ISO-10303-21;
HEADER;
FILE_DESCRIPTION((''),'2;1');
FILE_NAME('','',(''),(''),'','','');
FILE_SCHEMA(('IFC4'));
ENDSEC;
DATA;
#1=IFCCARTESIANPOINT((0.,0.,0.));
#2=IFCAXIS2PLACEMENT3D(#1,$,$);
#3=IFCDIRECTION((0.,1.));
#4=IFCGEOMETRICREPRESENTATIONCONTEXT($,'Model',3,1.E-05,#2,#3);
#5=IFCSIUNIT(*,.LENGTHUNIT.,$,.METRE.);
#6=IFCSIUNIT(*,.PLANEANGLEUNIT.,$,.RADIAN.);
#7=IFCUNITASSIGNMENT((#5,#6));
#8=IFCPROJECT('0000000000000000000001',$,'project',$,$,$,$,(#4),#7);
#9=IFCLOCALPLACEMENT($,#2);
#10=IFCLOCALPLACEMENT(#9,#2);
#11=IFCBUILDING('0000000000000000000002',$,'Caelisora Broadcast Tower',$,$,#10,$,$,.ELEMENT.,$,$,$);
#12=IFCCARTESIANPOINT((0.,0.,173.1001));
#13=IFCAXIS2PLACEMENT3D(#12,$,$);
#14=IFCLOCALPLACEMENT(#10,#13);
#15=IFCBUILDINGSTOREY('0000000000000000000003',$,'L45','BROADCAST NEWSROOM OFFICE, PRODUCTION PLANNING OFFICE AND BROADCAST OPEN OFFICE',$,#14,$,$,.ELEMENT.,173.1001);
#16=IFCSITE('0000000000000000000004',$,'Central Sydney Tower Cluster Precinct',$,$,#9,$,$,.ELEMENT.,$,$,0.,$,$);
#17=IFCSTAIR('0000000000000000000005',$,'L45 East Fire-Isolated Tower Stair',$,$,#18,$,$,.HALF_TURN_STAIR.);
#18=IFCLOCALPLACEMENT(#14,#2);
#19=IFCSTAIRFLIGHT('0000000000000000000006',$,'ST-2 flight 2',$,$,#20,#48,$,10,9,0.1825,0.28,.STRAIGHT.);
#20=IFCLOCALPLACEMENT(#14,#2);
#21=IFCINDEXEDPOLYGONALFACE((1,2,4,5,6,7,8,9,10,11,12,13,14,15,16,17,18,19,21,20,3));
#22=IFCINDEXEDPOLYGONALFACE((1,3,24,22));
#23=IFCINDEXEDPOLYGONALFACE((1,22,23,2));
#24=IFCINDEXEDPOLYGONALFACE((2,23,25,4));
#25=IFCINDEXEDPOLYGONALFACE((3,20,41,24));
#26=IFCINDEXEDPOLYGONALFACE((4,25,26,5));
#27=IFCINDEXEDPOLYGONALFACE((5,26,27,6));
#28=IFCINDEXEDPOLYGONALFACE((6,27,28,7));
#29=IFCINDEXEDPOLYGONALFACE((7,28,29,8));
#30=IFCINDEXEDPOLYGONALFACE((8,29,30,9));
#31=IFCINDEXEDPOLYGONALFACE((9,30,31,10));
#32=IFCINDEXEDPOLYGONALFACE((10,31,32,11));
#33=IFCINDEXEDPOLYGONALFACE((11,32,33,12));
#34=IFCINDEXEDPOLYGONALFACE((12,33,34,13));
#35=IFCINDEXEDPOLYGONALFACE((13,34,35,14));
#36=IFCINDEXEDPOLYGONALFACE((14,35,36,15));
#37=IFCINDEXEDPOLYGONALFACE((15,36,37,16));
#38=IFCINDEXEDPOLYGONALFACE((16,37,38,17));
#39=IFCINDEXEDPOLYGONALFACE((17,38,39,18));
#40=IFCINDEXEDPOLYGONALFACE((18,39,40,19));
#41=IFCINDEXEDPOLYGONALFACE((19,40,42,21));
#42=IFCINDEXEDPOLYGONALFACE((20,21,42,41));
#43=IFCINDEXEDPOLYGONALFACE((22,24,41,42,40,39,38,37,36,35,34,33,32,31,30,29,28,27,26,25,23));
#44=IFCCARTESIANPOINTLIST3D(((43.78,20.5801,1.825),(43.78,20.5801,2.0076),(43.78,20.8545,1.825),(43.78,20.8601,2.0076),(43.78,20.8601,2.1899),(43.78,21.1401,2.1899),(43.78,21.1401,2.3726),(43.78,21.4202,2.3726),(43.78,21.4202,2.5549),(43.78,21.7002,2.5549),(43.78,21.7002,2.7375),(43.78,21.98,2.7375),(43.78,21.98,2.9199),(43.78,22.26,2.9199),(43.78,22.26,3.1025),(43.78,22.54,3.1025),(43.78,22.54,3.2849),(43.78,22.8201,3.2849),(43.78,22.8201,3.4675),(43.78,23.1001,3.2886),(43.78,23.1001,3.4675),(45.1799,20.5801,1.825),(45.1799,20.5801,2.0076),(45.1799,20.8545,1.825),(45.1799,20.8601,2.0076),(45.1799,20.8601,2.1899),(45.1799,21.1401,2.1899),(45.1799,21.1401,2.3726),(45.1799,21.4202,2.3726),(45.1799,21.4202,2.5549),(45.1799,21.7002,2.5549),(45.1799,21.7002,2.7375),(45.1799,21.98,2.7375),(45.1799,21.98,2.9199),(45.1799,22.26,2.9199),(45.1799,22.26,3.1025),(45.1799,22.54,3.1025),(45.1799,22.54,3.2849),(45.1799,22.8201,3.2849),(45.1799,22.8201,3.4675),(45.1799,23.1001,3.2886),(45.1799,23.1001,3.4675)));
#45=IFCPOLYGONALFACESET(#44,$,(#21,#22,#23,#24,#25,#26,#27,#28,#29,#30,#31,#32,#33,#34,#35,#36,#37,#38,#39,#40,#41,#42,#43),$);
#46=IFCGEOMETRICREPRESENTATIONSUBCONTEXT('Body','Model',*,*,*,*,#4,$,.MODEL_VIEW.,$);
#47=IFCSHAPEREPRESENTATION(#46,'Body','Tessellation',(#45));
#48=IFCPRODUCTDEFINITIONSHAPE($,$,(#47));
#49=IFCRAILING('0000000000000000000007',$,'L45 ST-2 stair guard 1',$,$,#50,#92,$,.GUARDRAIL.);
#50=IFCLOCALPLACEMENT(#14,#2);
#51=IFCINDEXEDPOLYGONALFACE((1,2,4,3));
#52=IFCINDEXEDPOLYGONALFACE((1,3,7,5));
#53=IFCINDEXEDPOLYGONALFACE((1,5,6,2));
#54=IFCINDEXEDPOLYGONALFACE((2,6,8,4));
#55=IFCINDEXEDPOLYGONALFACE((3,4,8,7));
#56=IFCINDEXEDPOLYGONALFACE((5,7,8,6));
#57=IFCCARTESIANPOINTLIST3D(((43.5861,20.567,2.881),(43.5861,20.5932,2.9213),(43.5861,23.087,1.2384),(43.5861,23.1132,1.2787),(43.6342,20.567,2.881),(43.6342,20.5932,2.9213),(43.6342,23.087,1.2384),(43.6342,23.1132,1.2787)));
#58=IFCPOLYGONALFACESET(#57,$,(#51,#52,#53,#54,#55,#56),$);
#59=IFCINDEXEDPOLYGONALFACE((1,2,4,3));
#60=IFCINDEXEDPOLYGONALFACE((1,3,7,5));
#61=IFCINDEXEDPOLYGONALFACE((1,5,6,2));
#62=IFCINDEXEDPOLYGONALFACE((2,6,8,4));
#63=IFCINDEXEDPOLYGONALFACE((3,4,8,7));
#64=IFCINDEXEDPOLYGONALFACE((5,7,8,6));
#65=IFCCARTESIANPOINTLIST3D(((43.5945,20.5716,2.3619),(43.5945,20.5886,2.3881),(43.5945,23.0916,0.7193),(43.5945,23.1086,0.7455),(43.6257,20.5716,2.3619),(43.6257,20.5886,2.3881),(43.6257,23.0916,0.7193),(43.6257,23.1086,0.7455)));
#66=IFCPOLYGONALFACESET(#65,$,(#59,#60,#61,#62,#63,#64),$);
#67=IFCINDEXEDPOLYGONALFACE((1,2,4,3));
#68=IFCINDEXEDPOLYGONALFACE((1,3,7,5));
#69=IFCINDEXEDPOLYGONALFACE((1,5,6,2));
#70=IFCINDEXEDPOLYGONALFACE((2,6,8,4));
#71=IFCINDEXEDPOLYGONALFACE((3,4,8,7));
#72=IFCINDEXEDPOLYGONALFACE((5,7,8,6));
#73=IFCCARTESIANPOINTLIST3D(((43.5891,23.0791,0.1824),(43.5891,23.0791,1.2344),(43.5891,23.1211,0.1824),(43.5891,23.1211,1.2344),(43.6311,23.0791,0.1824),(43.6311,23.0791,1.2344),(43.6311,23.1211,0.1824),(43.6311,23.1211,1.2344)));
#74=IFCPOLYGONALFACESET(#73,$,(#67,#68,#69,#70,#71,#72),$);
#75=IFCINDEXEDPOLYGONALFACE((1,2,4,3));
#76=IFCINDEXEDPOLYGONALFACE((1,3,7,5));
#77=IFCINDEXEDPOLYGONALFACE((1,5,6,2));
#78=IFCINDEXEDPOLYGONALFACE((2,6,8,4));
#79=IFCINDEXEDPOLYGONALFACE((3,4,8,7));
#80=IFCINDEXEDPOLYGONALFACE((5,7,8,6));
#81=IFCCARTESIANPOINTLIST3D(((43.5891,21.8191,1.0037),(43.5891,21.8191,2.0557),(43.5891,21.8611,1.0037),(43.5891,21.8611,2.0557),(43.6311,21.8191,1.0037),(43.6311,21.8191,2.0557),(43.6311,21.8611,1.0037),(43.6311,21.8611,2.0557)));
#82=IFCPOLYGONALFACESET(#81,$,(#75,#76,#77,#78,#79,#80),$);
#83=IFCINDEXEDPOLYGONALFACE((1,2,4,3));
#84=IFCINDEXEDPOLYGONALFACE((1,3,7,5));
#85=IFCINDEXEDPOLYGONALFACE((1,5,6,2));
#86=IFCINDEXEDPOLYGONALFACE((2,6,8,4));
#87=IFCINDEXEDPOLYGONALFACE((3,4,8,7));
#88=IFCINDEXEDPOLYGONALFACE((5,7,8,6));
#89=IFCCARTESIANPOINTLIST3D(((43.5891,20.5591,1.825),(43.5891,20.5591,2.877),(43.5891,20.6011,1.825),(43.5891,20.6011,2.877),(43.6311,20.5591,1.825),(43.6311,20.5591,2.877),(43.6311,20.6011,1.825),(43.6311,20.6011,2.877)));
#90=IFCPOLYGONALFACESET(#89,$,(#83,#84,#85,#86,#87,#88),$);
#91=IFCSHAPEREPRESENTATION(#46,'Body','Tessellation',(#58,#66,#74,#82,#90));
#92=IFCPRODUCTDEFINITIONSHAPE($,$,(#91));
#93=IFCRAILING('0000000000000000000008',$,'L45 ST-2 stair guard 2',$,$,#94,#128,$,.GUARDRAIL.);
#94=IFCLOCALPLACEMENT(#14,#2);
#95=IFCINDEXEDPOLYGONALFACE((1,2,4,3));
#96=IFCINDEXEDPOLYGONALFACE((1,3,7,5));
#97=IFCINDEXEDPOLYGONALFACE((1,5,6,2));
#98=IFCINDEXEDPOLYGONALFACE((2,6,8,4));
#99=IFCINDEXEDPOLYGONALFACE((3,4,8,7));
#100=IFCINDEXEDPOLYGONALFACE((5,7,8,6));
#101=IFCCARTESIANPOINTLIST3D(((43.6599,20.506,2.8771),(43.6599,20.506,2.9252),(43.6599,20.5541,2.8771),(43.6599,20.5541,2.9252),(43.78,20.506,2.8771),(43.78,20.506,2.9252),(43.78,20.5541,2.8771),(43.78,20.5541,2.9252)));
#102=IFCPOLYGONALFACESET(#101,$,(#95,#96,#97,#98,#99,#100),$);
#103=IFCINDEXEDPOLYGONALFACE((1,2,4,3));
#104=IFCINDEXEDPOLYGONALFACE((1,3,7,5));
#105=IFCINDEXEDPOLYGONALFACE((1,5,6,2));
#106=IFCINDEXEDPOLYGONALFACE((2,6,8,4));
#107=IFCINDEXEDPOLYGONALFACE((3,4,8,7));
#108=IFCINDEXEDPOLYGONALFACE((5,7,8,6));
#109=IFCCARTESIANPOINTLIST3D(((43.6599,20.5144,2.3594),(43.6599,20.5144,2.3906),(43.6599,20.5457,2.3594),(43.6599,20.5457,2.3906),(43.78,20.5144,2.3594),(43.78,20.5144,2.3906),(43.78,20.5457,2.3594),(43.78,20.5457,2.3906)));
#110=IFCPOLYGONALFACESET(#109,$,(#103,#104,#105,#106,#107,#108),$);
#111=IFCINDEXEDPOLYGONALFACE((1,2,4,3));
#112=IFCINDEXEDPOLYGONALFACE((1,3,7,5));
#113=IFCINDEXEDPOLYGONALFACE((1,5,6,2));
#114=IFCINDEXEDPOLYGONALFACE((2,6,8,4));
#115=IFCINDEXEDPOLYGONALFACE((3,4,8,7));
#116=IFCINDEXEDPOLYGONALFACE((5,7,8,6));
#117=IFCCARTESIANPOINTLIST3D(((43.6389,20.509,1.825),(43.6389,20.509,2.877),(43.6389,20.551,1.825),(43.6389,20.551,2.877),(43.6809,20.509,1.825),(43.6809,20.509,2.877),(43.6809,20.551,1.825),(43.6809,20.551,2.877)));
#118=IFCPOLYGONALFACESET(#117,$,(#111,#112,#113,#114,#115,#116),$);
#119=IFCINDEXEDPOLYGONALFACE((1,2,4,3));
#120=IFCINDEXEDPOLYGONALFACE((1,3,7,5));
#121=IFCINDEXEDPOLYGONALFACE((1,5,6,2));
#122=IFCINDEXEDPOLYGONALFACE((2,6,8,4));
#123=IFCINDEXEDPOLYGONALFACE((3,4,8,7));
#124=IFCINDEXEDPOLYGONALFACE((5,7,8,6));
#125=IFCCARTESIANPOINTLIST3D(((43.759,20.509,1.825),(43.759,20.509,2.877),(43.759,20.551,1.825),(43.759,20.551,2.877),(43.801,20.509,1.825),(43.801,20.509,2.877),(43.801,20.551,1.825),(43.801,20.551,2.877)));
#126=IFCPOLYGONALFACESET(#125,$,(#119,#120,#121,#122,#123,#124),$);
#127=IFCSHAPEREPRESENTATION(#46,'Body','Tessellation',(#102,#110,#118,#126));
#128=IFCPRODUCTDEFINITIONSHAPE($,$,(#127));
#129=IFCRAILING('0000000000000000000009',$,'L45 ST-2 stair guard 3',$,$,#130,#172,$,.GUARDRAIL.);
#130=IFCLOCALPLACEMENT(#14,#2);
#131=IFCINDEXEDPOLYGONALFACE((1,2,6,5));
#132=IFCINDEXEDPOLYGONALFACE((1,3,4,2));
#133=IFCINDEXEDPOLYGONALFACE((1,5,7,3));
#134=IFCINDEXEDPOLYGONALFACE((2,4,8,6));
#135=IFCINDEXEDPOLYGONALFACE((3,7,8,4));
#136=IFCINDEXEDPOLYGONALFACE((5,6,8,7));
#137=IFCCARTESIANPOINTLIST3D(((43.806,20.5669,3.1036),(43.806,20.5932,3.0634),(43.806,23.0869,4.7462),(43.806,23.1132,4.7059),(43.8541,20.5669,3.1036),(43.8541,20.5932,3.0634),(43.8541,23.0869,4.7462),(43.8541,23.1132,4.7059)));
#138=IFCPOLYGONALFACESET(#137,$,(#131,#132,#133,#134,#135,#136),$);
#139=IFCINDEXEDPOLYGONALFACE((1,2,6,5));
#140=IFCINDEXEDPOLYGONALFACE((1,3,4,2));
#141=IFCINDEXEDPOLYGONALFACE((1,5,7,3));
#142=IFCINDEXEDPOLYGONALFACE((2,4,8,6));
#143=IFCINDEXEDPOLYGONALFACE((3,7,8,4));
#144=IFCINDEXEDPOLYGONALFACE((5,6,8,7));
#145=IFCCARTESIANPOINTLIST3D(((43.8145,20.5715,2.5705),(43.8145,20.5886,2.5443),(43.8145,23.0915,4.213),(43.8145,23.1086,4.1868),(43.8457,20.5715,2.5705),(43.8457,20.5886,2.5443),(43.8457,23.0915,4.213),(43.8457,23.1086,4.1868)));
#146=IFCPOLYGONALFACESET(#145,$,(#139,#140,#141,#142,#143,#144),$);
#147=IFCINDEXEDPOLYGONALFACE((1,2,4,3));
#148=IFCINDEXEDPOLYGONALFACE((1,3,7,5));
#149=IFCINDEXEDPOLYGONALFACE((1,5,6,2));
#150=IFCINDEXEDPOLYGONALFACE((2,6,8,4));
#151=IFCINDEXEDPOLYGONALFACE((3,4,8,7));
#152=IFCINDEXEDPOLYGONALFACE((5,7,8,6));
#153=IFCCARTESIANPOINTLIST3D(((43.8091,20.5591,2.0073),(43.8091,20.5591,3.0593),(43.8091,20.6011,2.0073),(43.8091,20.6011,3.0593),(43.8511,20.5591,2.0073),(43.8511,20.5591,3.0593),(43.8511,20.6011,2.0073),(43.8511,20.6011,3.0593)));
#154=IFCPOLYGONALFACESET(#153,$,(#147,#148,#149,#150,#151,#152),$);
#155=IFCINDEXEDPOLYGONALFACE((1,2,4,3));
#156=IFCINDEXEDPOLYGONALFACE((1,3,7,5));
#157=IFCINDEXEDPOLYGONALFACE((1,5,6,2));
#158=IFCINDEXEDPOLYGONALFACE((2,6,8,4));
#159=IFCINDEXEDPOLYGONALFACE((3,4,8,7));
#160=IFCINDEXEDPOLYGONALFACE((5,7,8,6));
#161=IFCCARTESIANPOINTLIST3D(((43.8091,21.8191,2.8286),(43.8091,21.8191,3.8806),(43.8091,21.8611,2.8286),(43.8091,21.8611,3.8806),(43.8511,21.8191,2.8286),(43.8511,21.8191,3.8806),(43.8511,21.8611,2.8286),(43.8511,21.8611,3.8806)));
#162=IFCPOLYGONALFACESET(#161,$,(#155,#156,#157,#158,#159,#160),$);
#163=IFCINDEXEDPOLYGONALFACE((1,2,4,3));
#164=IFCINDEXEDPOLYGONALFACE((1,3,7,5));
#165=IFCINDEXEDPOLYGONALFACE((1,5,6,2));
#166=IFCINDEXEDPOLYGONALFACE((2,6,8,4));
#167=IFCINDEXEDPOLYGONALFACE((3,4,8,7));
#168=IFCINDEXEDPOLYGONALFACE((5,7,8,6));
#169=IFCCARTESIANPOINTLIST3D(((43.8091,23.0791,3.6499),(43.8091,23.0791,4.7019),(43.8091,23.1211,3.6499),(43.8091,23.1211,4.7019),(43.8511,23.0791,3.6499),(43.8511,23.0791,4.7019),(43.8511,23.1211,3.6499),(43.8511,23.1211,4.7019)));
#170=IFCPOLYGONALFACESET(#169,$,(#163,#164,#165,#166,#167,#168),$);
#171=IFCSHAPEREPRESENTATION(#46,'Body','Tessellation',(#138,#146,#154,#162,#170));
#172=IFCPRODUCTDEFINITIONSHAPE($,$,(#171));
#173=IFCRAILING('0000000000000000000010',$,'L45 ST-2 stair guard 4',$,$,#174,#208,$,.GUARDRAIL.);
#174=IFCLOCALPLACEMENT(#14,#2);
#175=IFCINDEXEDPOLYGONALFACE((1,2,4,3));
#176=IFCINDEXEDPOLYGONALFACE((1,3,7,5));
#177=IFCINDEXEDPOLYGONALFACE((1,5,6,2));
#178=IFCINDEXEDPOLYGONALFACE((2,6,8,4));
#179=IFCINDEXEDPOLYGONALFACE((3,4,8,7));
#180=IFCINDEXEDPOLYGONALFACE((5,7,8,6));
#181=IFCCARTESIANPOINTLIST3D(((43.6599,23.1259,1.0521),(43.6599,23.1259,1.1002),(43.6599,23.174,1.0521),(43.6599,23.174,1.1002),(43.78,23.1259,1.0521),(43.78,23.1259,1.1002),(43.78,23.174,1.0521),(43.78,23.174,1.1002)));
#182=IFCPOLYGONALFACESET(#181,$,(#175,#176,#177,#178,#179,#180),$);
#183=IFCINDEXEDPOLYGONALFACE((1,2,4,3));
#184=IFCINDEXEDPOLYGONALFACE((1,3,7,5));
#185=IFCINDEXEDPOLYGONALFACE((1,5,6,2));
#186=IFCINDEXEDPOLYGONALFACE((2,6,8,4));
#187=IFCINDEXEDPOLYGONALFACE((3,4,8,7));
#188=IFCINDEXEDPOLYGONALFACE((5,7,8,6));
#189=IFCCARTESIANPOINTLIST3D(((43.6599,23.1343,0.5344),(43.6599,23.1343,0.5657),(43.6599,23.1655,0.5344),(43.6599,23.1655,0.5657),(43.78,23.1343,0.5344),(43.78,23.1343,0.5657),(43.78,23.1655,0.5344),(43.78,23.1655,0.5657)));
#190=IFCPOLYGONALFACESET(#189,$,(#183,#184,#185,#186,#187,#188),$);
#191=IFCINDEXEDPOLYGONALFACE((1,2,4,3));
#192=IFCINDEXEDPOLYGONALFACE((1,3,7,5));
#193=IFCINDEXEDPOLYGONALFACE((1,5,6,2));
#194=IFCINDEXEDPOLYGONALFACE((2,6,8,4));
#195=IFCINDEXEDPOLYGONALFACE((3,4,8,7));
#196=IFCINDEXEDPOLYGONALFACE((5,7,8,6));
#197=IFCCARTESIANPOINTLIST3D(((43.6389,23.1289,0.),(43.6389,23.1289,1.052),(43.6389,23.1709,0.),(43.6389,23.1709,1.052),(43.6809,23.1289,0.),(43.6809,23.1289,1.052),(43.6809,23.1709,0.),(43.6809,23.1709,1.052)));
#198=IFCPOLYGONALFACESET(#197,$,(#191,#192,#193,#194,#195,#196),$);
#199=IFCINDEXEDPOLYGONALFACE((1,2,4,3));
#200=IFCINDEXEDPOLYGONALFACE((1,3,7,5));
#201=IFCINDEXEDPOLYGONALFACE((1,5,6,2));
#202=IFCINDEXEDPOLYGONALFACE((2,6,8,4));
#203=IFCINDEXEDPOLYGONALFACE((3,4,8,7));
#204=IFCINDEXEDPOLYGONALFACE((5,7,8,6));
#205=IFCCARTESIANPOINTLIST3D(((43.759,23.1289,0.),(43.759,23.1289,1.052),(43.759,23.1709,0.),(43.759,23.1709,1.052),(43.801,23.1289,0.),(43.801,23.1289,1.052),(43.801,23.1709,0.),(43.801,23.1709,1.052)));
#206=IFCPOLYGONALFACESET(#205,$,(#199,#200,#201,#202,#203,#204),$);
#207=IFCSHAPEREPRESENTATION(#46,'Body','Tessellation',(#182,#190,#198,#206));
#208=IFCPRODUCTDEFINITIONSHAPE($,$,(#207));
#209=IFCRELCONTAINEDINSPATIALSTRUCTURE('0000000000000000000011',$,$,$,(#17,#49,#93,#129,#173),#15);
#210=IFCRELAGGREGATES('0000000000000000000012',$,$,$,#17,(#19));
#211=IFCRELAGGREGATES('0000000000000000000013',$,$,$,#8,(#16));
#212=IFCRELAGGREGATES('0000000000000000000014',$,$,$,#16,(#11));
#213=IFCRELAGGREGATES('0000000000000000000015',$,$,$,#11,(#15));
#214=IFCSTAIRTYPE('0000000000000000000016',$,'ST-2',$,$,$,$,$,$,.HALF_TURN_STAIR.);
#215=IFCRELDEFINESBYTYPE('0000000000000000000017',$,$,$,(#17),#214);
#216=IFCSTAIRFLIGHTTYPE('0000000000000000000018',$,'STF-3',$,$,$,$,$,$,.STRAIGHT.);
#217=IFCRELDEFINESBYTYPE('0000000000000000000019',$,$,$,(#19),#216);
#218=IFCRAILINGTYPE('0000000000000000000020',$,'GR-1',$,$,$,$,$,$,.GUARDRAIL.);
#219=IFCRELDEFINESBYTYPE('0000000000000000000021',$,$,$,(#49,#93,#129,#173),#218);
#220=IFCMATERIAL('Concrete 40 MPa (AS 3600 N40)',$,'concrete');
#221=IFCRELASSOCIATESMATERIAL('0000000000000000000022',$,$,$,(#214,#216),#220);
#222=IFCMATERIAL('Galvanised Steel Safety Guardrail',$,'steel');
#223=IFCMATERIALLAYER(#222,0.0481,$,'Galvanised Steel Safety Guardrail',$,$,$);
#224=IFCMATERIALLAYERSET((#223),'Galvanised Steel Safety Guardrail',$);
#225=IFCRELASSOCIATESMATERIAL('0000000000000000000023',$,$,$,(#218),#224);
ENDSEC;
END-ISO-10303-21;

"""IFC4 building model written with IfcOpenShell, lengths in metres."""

from ifc_helpers import new_model, si_unit, direction, frame, origin, origin_2d, place, context, subcontext, project, spatial, polyline, rectangle, outline, extrude, material, layer, layer_set, type_object, element, aggregate, save


model = new_model("IFC4")

# Units and contexts
model_context = context("Model", 3, precision=1e-05, world=origin(), true_north=direction((0.0, 1.0)))
body_context = subcontext(model_context, "Body", "Model", "MODEL_VIEW")
ifc_project = project(units=[si_unit("LENGTHUNIT", "METRE"), si_unit("PLANEANGLEUNIT", "RADIAN")], contexts=[model_context])

# Site, building, storey
site_placement = place(None, origin())
site = spatial("IfcSite", under=ifc_project, at=site_placement, Name="Central Sydney Tower Cluster Precinct", CompositionType="ELEMENT", RefElevation=0.0)
building_placement = place(site_placement, origin())
building = spatial("IfcBuilding", under=site, at=building_placement, Name="Caelisora Broadcast Tower", CompositionType="ELEMENT")
storey_placement = place(building_placement, frame((0.0, 0.0, 173.1001)))
storey = spatial("IfcBuildingStorey", under=building, at=storey_placement, Name="L45", Description="BROADCAST NEWSROOM OFFICE, PRODUCTION PLANNING OFFICE AND BROADCAST OPEN OFFICE", CompositionType="ELEMENT", Elevation=173.1001)

# Stair, stair flight
ifc_material_1 = material(Name="Concrete 40 MPa (AS 3600 N40)", Category="concrete")
stair_type = type_object("IfcStairType", Name="ST-2", PredefinedType="HALF_TURN_STAIR", material=ifc_material_1)
stair_placement = place(storey_placement, origin())
stair = element("IfcStair", 1, at=stair_placement, inside=storey, type_object=stair_type, Name="L45 East Fire-Isolated Tower Stair", PredefinedType="HALF_TURN_STAIR")
stair_flight_type = type_object("IfcStairFlightType", Name="STF-3", PredefinedType="STRAIGHT", material=ifc_material_1)
stair_flight_1_placement = place(storey_placement, frame((44.48, 20.5801, 1.825), z_axis=(0.0, 0.0, 1.0), x_axis=(0.0, 1.0, 0.0)))
stair_flight_1 = element("IfcStairFlight", 2, at=stair_flight_1_placement, type_object=stair_flight_type, Name="ST-2 flight 2", NumberOfRisers=10, NumberOfTreads=9, PredefinedType="STRAIGHT", RiserHeight=0.1825, TreadLength=0.28, context=body_context, shape_type="SweptSolid", body=[
    extrude(outline(polyline([(0.0, 0.0), (0.0, 0.1826), (0.28, 0.1826), (0.28, 0.365), (0.5601, 0.365), (0.5601, 0.5476), (0.8401, 0.5476), (0.8401, 0.73), (1.1201, 0.73), (1.1201, 0.9126), (1.3999, 0.9126), (1.3999, 1.095), (1.6799, 1.095), (1.6799, 1.2776), (1.96, 1.2776), (1.96, 1.46), (2.24, 1.46), (2.24, 1.6426), (2.52, 1.6426), (2.52, 1.825), (2.52, 1.4636), (0.2744, 0.0), (0.0, 0.0)])), frame((0.0, 0.7, 0.0), z_axis=(0.0, -1.0, 0.0), x_axis=(1.0, 0.0, 0.0)), (0.0, 0.0, 1.0), 1.3999),
])
aggregate(stair, [stair_flight_1])

# Railings
ifc_material_2 = material(Name="Galvanised Steel Safety Guardrail", Category="steel")
ifc_layer_1 = layer(ifc_material_2, 0.0481, Name="Galvanised Steel Safety Guardrail")
ifc_layer_set_1 = layer_set([ifc_layer_1], Name="Galvanised Steel Safety Guardrail")
railing_type_1 = type_object("IfcRailingType", Name="GR-1", PredefinedType="GUARDRAIL", material=ifc_layer_set_1)
railing_1_placement = place(storey_placement, frame((43.6101, 23.1001, 0.1824)))
element("IfcRailing", 3, at=railing_1_placement, inside=storey, type_object=railing_type_1, Name="L45 ST-2 stair guard 1", PredefinedType="GUARDRAIL", context=body_context, shape_type="SweptSolid", body=[
    extrude(rectangle(XDim=0.0481, YDim=0.0481, at=origin_2d()), frame((0.0, 0.0, 1.0762), z_axis=(0.0, -0.837749, 0.546055), x_axis=(1.0, 0.0, 0.0)), (0.0, 0.0, 1.0), 3.0081),
    extrude(rectangle(XDim=0.0312, YDim=0.0312, at=origin_2d()), frame((0.0, 0.0, 0.55), z_axis=(0.0, -0.837749, 0.546055), x_axis=(1.0, 0.0, 0.0)), (0.0, 0.0, 1.0), 3.0081),
    extrude(rectangle(XDim=0.042, YDim=0.042, at=origin_2d()), origin(), (0.0, 0.0, 1.0), 1.052),
    extrude(rectangle(XDim=0.042, YDim=0.042, at=origin_2d()), frame((0.0, -1.26, 0.8213)), (0.0, 0.0, 1.0), 1.052),
    extrude(rectangle(XDim=0.042, YDim=0.042, at=origin_2d()), frame((0.0, -2.52, 1.6426)), (0.0, 0.0, 1.0), 1.052),
])
railing_2_placement = place(storey_placement, frame((43.6599, 20.53, 1.825)))
element("IfcRailing", 4, at=railing_2_placement, inside=storey, type_object=railing_type_1, Name="L45 ST-2 stair guard 2", PredefinedType="GUARDRAIL", context=body_context, shape_type="SweptSolid", body=[
    extrude(rectangle(XDim=0.0481, YDim=0.0481, at=origin_2d()), frame((0.0, 0.0, 1.0762), z_axis=(1.0, 0.0, 0.0), x_axis=(0.0, 1.0, 0.0)), (0.0, 0.0, 1.0), 0.1201),
    extrude(rectangle(XDim=0.0312, YDim=0.0312, at=origin_2d()), frame((0.0, 0.0, 0.55), z_axis=(1.0, 0.0, 0.0), x_axis=(0.0, 1.0, 0.0)), (0.0, 0.0, 1.0), 0.1201),
    extrude(rectangle(XDim=0.042, YDim=0.042, at=origin_2d()), origin(), (0.0, 0.0, 1.0), 1.052),
    extrude(rectangle(XDim=0.042, YDim=0.042, at=origin_2d()), frame((0.1201, 0.0, 0.0)), (0.0, 0.0, 1.0), 1.052),
])
railing_3_placement = place(storey_placement, frame((43.8301, 20.5801, 2.0073)))
element("IfcRailing", 5, at=railing_3_placement, inside=storey, type_object=railing_type_1, Name="L45 ST-2 stair guard 3", PredefinedType="GUARDRAIL", context=body_context, shape_type="SweptSolid", body=[
    extrude(rectangle(XDim=0.0481, YDim=0.0481, at=origin_2d()), frame((0.0, 0.0, 1.0762), z_axis=(0.0, 0.837749, 0.546055), x_axis=(-1.0, 0.0, 0.0)), (0.0, 0.0, 1.0), 3.0081),
    extrude(rectangle(XDim=0.0312, YDim=0.0312, at=origin_2d()), frame((0.0, 0.0, 0.55), z_axis=(0.0, 0.837749, 0.546055), x_axis=(-1.0, 0.0, 0.0)), (0.0, 0.0, 1.0), 3.0081),
    extrude(rectangle(XDim=0.042, YDim=0.042, at=origin_2d()), origin(), (0.0, 0.0, 1.0), 1.052),
    extrude(rectangle(XDim=0.042, YDim=0.042, at=origin_2d()), frame((0.0, 1.26, 0.8213)), (0.0, 0.0, 1.0), 1.052),
    extrude(rectangle(XDim=0.042, YDim=0.042, at=origin_2d()), frame((0.0, 2.52, 1.6426)), (0.0, 0.0, 1.0), 1.052),
])
railing_4_placement = place(storey_placement, frame((43.6599, 23.1499, 0.0)))
element("IfcRailing", 6, at=railing_4_placement, inside=storey, type_object=railing_type_1, Name="L45 ST-2 stair guard 4", PredefinedType="GUARDRAIL", context=body_context, shape_type="SweptSolid", body=[
    extrude(rectangle(XDim=0.0481, YDim=0.0481, at=origin_2d()), frame((0.0, 0.0, 1.0762), z_axis=(1.0, 0.0, 0.0), x_axis=(0.0, 1.0, 0.0)), (0.0, 0.0, 1.0), 0.1201),
    extrude(rectangle(XDim=0.0312, YDim=0.0312, at=origin_2d()), frame((0.0, 0.0, 0.55), z_axis=(1.0, 0.0, 0.0), x_axis=(0.0, 1.0, 0.0)), (0.0, 0.0, 1.0), 0.1201),
    extrude(rectangle(XDim=0.042, YDim=0.042, at=origin_2d()), origin(), (0.0, 0.0, 1.0), 1.052),
    extrude(rectangle(XDim=0.042, YDim=0.042, at=origin_2d()), frame((0.1201, 0.0, 0.0)), (0.0, 0.0, 1.0), 1.052),
])

save(model, "model.ifc")
